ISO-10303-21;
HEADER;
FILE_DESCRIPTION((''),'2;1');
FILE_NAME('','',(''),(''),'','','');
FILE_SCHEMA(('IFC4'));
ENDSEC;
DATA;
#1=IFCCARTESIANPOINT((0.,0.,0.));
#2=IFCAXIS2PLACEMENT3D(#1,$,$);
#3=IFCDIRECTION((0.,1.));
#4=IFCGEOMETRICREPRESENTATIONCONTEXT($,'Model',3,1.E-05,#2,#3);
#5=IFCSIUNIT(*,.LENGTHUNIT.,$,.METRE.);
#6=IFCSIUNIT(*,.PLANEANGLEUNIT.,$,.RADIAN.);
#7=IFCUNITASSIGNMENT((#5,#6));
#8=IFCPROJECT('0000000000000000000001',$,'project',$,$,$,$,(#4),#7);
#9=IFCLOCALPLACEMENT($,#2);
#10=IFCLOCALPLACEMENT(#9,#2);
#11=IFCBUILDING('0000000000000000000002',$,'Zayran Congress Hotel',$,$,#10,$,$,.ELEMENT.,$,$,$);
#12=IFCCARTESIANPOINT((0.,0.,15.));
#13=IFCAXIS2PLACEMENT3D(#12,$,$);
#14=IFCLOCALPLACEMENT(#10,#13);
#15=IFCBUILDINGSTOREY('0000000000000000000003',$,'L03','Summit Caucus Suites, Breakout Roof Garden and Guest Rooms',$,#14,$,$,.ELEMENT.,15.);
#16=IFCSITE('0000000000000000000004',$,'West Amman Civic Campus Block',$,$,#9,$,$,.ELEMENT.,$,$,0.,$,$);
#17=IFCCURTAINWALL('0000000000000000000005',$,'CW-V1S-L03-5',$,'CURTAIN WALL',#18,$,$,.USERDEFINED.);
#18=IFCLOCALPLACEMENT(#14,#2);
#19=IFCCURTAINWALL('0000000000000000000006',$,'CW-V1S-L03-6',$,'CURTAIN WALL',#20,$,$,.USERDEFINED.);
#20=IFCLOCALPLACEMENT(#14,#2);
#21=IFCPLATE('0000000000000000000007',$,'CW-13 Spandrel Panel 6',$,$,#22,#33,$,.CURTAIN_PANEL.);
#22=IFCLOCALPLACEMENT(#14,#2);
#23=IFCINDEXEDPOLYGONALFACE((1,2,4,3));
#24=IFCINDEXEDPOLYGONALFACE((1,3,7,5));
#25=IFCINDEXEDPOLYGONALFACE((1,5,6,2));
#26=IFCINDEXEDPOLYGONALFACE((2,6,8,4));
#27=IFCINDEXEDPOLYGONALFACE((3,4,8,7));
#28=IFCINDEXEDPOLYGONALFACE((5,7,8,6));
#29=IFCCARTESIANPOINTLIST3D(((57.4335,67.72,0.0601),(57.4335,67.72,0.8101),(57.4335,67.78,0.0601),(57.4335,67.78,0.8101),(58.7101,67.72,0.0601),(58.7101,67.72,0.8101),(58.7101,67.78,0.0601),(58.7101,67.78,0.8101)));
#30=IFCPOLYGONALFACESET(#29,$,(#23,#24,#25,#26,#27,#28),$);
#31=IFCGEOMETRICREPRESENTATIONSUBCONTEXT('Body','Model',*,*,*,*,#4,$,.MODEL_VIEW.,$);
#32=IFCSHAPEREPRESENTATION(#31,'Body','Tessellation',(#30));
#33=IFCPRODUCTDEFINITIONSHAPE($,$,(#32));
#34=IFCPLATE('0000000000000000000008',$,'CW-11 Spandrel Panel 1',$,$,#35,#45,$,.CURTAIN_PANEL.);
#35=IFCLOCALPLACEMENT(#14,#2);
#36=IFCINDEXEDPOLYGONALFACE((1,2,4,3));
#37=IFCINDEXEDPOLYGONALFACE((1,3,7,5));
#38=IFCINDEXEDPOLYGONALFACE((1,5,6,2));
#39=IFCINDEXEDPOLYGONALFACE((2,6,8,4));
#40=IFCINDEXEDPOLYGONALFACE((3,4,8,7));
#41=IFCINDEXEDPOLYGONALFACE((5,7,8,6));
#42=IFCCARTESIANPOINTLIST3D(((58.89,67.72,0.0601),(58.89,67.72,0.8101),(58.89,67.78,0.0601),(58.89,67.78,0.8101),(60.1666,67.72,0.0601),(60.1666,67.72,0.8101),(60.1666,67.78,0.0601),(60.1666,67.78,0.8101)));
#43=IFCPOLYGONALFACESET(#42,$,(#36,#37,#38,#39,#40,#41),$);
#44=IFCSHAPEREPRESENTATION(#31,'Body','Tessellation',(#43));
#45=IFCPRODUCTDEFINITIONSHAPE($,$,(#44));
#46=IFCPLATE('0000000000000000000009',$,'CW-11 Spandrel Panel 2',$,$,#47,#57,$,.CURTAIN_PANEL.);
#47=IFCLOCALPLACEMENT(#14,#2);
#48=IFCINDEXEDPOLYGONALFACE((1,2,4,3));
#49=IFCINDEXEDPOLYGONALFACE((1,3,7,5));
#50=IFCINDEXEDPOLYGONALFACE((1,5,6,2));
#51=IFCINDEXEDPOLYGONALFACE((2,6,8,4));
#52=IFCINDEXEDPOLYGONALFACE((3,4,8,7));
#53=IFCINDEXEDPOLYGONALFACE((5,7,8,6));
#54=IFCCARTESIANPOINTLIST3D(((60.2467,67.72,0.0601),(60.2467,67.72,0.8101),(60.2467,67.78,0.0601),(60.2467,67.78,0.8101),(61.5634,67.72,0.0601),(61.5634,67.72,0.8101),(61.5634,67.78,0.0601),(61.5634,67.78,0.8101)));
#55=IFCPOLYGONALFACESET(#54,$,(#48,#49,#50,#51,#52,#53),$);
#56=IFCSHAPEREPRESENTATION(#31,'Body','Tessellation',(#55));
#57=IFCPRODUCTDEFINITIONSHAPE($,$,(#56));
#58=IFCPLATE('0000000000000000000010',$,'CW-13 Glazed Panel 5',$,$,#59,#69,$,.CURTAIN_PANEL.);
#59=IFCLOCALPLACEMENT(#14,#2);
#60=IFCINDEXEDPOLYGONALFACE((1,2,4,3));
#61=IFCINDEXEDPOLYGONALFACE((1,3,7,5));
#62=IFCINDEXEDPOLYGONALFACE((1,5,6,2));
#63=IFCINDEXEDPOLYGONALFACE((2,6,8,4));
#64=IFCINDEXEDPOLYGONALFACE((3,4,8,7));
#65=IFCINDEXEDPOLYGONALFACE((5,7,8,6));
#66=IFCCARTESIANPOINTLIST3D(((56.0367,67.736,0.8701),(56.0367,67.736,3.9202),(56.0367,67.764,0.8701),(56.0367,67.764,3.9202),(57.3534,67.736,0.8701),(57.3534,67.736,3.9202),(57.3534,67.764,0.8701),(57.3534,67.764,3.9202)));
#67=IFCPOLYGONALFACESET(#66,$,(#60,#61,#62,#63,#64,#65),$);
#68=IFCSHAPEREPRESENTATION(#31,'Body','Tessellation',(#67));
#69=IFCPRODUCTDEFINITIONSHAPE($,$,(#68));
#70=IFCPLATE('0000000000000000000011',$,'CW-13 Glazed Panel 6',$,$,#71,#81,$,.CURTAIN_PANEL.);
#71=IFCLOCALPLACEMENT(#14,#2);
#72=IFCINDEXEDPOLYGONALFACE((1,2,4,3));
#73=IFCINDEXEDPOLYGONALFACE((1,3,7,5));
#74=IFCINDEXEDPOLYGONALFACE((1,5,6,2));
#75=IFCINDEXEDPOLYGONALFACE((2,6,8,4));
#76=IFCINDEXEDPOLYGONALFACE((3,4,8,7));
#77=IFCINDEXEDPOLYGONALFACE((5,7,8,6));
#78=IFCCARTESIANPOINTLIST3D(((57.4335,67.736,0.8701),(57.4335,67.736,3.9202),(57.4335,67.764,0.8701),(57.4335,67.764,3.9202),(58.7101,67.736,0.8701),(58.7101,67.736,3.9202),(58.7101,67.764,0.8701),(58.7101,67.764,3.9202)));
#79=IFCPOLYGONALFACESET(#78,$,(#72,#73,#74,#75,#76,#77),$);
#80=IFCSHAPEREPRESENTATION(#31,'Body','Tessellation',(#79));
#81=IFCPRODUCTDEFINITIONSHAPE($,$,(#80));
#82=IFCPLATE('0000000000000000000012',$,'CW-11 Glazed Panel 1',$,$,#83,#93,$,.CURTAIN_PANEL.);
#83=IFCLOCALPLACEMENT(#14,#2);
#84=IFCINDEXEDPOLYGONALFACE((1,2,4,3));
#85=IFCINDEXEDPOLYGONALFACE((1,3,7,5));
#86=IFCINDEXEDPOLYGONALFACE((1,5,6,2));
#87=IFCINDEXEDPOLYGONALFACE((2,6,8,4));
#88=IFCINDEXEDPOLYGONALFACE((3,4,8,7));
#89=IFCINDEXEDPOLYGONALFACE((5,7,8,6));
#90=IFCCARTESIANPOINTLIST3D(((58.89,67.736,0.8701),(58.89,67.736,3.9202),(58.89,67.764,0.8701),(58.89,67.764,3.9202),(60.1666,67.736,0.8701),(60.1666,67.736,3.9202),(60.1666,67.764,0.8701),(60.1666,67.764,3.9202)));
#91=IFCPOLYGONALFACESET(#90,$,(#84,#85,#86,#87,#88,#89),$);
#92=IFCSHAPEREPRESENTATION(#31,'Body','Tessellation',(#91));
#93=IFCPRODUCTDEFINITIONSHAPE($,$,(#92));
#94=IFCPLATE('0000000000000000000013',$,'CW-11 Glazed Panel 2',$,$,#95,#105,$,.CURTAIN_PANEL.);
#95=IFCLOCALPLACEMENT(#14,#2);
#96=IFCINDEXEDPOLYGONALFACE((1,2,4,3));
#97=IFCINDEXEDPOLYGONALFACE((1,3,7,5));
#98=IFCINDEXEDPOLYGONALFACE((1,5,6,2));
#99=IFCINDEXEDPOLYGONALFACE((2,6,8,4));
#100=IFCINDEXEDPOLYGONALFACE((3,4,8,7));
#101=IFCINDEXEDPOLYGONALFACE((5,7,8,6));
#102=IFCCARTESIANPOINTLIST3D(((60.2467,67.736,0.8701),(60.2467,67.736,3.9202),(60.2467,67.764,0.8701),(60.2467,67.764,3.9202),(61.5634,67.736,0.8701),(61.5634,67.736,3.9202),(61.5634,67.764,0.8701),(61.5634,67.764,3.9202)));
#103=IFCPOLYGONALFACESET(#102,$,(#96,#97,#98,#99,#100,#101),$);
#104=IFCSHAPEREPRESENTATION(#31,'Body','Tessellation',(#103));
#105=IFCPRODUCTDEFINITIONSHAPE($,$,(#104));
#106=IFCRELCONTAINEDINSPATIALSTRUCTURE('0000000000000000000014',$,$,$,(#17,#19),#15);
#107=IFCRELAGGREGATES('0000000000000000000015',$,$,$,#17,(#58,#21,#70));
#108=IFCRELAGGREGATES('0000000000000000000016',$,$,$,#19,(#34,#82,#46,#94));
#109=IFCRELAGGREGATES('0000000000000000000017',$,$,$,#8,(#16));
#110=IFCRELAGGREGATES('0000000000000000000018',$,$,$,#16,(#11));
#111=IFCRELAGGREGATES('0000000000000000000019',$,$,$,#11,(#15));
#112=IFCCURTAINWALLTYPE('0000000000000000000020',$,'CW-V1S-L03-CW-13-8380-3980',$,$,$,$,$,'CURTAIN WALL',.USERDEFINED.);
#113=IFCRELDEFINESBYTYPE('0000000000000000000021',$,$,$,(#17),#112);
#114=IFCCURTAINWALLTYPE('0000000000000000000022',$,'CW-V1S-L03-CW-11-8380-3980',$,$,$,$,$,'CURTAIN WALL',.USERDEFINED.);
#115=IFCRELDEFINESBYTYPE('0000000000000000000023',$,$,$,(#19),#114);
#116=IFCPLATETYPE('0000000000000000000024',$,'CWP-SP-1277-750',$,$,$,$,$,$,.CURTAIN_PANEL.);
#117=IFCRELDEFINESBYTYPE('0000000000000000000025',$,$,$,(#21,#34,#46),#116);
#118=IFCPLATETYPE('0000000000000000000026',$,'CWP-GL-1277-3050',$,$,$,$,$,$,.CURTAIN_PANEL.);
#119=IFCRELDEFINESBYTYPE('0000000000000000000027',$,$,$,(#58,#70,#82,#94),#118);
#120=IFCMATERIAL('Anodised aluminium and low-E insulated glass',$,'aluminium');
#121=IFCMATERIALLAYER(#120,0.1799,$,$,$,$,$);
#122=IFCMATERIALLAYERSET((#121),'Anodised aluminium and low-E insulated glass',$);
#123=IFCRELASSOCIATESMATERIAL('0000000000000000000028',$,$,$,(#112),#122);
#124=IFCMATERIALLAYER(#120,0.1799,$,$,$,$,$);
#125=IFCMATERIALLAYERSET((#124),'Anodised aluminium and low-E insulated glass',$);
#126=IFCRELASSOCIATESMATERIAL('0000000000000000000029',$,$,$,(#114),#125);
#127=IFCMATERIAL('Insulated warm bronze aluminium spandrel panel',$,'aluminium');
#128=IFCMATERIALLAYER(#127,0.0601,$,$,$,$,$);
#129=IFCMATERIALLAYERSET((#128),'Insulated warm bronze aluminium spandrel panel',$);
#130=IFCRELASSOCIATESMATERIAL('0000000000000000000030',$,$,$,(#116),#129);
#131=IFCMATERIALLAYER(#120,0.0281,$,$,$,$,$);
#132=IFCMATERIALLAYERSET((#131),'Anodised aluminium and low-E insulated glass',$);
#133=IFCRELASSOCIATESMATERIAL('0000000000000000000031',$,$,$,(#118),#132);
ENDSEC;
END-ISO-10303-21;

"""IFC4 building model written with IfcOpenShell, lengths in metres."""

from ifc_helpers import new_model, si_unit, direction, frame, origin, origin_2d, place, context, subcontext, project, spatial, rectangle, extrude, material, layer, layer_set, type_object, element, aggregate, save


model = new_model("IFC4")

# Units and contexts
model_context = context("Model", 3, precision=1e-05, world=origin(), true_north=direction((0.0, 1.0)))
body_context = subcontext(model_context, "Body", "Model", "MODEL_VIEW")
ifc_project = project(units=[si_unit("LENGTHUNIT", "METRE"), si_unit("PLANEANGLEUNIT", "RADIAN")], contexts=[model_context])

# Site, building, storey
site_placement = place(None, origin())
site = spatial("IfcSite", under=ifc_project, at=site_placement, Name="West Amman Civic Campus Block", CompositionType="ELEMENT", RefElevation=0.0)
building_placement = place(site_placement, origin())
building = spatial("IfcBuilding", under=site, at=building_placement, Name="Zayran Congress Hotel", CompositionType="ELEMENT")
storey_placement = place(building_placement, frame((0.0, 0.0, 15.0)))
storey = spatial("IfcBuildingStorey", under=building, at=storey_placement, Name="L03", Description="Summit Caucus Suites, Breakout Roof Garden and Guest Rooms", CompositionType="ELEMENT", Elevation=15.0)

# Curtain walls
ifc_material_1 = material(Name="Anodised aluminium and low-E insulated glass", Category="aluminium")
ifc_layer_1 = layer(ifc_material_1, 0.1799)
ifc_layer_set_1 = layer_set([ifc_layer_1], Name="Anodised aluminium and low-E insulated glass")
curtain_wall_type_1 = type_object("IfcCurtainWallType", Name="CW-V1S-L03-CW-13-8380-3980", ElementType="CURTAIN WALL", PredefinedType="USERDEFINED", material=ifc_layer_set_1)
curtain_wall_1_placement = place(storey_placement, origin())
curtain_wall_1 = element("IfcCurtainWall", 1, at=curtain_wall_1_placement, inside=storey, type_object=curtain_wall_type_1, Name="CW-V1S-L03-5", ObjectType="CURTAIN WALL", PredefinedType="USERDEFINED")
ifc_layer_2 = layer(ifc_material_1, 0.1799)
ifc_layer_set_2 = layer_set([ifc_layer_2], Name="Anodised aluminium and low-E insulated glass")
curtain_wall_type_2 = type_object("IfcCurtainWallType", Name="CW-V1S-L03-CW-11-8380-3980", ElementType="CURTAIN WALL", PredefinedType="USERDEFINED", material=ifc_layer_set_2)
curtain_wall_2_placement = place(storey_placement, origin())
curtain_wall_2 = element("IfcCurtainWall", 2, at=curtain_wall_2_placement, inside=storey, type_object=curtain_wall_type_2, Name="CW-V1S-L03-6", ObjectType="CURTAIN WALL", PredefinedType="USERDEFINED")

# Plates
ifc_material_2 = material(Name="Insulated warm bronze aluminium spandrel panel", Category="aluminium")
ifc_layer_3 = layer(ifc_material_2, 0.0601)
ifc_layer_set_3 = layer_set([ifc_layer_3], Name="Insulated warm bronze aluminium spandrel panel")
plate_type_1 = type_object("IfcPlateType", Name="CWP-SP-1277-750", PredefinedType="CURTAIN_PANEL", material=ifc_layer_set_3)
plate_1_placement = place(storey_placement, frame((58.0718, 67.75, 0.0601), z_axis=(0.0, 0.0, 1.0), x_axis=(1.0, 0.0, 0.0)))
plate_1 = element("IfcPlate", 3, at=plate_1_placement, type_object=plate_type_1, Name="CW-13 Spandrel Panel 6", PredefinedType="CURTAIN_PANEL", context=body_context, shape_type="SweptSolid", body=[
    extrude(rectangle(XDim=1.2766, YDim=0.0601, at=origin_2d()), origin(), (0.0, 0.0, 1.0), 0.75),
])
plate_2_placement = place(storey_placement, frame((59.5283, 67.75, 0.0601), z_axis=(0.0, 0.0, 1.0), x_axis=(1.0, 0.0, 0.0)))
plate_2 = element("IfcPlate", 4, at=plate_2_placement, type_object=plate_type_1, Name="CW-11 Spandrel Panel 1", PredefinedType="CURTAIN_PANEL", context=body_context, shape_type="SweptSolid", body=[
    extrude(rectangle(XDim=1.2766, YDim=0.0601, at=origin_2d()), origin(), (0.0, 0.0, 1.0), 0.75),
])
plate_3_placement = place(storey_placement, frame((60.905, 67.75, 0.0601), z_axis=(0.0, 0.0, 1.0), x_axis=(1.0, 0.0, 0.0)))
plate_3 = element("IfcPlate", 5, at=plate_3_placement, type_object=plate_type_1, Name="CW-11 Spandrel Panel 2", PredefinedType="CURTAIN_PANEL", context=body_context, shape_type="SweptSolid", body=[
    extrude(rectangle(XDim=1.3167, YDim=0.0601, at=origin_2d()), origin(), (0.0, 0.0, 1.0), 0.75),
])
ifc_layer_4 = layer(ifc_material_1, 0.0281)
ifc_layer_set_4 = layer_set([ifc_layer_4], Name="Anodised aluminium and low-E insulated glass")
plate_type_2 = type_object("IfcPlateType", Name="CWP-GL-1277-3050", PredefinedType="CURTAIN_PANEL", material=ifc_layer_set_4)
plate_4_placement = place(storey_placement, frame((56.6951, 67.75, 0.8701), z_axis=(0.0, 0.0, 1.0), x_axis=(1.0, 0.0, 0.0)))
plate_4 = element("IfcPlate", 6, at=plate_4_placement, type_object=plate_type_2, Name="CW-13 Glazed Panel 5", PredefinedType="CURTAIN_PANEL", context=body_context, shape_type="SweptSolid", body=[
    extrude(rectangle(XDim=1.3167, YDim=0.0281, at=origin_2d()), origin(), (0.0, 0.0, 1.0), 3.05),
])
plate_5_placement = place(storey_placement, frame((58.0718, 67.75, 0.8701), z_axis=(0.0, 0.0, 1.0), x_axis=(1.0, 0.0, 0.0)))
plate_5 = element("IfcPlate", 7, at=plate_5_placement, type_object=plate_type_2, Name="CW-13 Glazed Panel 6", PredefinedType="CURTAIN_PANEL", context=body_context, shape_type="SweptSolid", body=[
    extrude(rectangle(XDim=1.2766, YDim=0.0281, at=origin_2d()), origin(), (0.0, 0.0, 1.0), 3.05),
])
aggregate(curtain_wall_1, [plate_4, plate_1, plate_5])
plate_6_placement = place(storey_placement, frame((59.5283, 67.75, 0.8701), z_axis=(0.0, 0.0, 1.0), x_axis=(1.0, 0.0, 0.0)))
plate_6 = element("IfcPlate", 8, at=plate_6_placement, type_object=plate_type_2, Name="CW-11 Glazed Panel 1", PredefinedType="CURTAIN_PANEL", context=body_context, shape_type="SweptSolid", body=[
    extrude(rectangle(XDim=1.2766, YDim=0.0281, at=origin_2d()), origin(), (0.0, 0.0, 1.0), 3.05),
])
plate_7_placement = place(storey_placement, frame((60.905, 67.75, 0.8701), z_axis=(0.0, 0.0, 1.0), x_axis=(1.0, 0.0, 0.0)))
plate_7 = element("IfcPlate", 9, at=plate_7_placement, type_object=plate_type_2, Name="CW-11 Glazed Panel 2", PredefinedType="CURTAIN_PANEL", context=body_context, shape_type="SweptSolid", body=[
    extrude(rectangle(XDim=1.3167, YDim=0.0281, at=origin_2d()), origin(), (0.0, 0.0, 1.0), 3.05),
])
aggregate(curtain_wall_2, [plate_2, plate_6, plate_3, plate_7])

save(model, "model.ifc")
